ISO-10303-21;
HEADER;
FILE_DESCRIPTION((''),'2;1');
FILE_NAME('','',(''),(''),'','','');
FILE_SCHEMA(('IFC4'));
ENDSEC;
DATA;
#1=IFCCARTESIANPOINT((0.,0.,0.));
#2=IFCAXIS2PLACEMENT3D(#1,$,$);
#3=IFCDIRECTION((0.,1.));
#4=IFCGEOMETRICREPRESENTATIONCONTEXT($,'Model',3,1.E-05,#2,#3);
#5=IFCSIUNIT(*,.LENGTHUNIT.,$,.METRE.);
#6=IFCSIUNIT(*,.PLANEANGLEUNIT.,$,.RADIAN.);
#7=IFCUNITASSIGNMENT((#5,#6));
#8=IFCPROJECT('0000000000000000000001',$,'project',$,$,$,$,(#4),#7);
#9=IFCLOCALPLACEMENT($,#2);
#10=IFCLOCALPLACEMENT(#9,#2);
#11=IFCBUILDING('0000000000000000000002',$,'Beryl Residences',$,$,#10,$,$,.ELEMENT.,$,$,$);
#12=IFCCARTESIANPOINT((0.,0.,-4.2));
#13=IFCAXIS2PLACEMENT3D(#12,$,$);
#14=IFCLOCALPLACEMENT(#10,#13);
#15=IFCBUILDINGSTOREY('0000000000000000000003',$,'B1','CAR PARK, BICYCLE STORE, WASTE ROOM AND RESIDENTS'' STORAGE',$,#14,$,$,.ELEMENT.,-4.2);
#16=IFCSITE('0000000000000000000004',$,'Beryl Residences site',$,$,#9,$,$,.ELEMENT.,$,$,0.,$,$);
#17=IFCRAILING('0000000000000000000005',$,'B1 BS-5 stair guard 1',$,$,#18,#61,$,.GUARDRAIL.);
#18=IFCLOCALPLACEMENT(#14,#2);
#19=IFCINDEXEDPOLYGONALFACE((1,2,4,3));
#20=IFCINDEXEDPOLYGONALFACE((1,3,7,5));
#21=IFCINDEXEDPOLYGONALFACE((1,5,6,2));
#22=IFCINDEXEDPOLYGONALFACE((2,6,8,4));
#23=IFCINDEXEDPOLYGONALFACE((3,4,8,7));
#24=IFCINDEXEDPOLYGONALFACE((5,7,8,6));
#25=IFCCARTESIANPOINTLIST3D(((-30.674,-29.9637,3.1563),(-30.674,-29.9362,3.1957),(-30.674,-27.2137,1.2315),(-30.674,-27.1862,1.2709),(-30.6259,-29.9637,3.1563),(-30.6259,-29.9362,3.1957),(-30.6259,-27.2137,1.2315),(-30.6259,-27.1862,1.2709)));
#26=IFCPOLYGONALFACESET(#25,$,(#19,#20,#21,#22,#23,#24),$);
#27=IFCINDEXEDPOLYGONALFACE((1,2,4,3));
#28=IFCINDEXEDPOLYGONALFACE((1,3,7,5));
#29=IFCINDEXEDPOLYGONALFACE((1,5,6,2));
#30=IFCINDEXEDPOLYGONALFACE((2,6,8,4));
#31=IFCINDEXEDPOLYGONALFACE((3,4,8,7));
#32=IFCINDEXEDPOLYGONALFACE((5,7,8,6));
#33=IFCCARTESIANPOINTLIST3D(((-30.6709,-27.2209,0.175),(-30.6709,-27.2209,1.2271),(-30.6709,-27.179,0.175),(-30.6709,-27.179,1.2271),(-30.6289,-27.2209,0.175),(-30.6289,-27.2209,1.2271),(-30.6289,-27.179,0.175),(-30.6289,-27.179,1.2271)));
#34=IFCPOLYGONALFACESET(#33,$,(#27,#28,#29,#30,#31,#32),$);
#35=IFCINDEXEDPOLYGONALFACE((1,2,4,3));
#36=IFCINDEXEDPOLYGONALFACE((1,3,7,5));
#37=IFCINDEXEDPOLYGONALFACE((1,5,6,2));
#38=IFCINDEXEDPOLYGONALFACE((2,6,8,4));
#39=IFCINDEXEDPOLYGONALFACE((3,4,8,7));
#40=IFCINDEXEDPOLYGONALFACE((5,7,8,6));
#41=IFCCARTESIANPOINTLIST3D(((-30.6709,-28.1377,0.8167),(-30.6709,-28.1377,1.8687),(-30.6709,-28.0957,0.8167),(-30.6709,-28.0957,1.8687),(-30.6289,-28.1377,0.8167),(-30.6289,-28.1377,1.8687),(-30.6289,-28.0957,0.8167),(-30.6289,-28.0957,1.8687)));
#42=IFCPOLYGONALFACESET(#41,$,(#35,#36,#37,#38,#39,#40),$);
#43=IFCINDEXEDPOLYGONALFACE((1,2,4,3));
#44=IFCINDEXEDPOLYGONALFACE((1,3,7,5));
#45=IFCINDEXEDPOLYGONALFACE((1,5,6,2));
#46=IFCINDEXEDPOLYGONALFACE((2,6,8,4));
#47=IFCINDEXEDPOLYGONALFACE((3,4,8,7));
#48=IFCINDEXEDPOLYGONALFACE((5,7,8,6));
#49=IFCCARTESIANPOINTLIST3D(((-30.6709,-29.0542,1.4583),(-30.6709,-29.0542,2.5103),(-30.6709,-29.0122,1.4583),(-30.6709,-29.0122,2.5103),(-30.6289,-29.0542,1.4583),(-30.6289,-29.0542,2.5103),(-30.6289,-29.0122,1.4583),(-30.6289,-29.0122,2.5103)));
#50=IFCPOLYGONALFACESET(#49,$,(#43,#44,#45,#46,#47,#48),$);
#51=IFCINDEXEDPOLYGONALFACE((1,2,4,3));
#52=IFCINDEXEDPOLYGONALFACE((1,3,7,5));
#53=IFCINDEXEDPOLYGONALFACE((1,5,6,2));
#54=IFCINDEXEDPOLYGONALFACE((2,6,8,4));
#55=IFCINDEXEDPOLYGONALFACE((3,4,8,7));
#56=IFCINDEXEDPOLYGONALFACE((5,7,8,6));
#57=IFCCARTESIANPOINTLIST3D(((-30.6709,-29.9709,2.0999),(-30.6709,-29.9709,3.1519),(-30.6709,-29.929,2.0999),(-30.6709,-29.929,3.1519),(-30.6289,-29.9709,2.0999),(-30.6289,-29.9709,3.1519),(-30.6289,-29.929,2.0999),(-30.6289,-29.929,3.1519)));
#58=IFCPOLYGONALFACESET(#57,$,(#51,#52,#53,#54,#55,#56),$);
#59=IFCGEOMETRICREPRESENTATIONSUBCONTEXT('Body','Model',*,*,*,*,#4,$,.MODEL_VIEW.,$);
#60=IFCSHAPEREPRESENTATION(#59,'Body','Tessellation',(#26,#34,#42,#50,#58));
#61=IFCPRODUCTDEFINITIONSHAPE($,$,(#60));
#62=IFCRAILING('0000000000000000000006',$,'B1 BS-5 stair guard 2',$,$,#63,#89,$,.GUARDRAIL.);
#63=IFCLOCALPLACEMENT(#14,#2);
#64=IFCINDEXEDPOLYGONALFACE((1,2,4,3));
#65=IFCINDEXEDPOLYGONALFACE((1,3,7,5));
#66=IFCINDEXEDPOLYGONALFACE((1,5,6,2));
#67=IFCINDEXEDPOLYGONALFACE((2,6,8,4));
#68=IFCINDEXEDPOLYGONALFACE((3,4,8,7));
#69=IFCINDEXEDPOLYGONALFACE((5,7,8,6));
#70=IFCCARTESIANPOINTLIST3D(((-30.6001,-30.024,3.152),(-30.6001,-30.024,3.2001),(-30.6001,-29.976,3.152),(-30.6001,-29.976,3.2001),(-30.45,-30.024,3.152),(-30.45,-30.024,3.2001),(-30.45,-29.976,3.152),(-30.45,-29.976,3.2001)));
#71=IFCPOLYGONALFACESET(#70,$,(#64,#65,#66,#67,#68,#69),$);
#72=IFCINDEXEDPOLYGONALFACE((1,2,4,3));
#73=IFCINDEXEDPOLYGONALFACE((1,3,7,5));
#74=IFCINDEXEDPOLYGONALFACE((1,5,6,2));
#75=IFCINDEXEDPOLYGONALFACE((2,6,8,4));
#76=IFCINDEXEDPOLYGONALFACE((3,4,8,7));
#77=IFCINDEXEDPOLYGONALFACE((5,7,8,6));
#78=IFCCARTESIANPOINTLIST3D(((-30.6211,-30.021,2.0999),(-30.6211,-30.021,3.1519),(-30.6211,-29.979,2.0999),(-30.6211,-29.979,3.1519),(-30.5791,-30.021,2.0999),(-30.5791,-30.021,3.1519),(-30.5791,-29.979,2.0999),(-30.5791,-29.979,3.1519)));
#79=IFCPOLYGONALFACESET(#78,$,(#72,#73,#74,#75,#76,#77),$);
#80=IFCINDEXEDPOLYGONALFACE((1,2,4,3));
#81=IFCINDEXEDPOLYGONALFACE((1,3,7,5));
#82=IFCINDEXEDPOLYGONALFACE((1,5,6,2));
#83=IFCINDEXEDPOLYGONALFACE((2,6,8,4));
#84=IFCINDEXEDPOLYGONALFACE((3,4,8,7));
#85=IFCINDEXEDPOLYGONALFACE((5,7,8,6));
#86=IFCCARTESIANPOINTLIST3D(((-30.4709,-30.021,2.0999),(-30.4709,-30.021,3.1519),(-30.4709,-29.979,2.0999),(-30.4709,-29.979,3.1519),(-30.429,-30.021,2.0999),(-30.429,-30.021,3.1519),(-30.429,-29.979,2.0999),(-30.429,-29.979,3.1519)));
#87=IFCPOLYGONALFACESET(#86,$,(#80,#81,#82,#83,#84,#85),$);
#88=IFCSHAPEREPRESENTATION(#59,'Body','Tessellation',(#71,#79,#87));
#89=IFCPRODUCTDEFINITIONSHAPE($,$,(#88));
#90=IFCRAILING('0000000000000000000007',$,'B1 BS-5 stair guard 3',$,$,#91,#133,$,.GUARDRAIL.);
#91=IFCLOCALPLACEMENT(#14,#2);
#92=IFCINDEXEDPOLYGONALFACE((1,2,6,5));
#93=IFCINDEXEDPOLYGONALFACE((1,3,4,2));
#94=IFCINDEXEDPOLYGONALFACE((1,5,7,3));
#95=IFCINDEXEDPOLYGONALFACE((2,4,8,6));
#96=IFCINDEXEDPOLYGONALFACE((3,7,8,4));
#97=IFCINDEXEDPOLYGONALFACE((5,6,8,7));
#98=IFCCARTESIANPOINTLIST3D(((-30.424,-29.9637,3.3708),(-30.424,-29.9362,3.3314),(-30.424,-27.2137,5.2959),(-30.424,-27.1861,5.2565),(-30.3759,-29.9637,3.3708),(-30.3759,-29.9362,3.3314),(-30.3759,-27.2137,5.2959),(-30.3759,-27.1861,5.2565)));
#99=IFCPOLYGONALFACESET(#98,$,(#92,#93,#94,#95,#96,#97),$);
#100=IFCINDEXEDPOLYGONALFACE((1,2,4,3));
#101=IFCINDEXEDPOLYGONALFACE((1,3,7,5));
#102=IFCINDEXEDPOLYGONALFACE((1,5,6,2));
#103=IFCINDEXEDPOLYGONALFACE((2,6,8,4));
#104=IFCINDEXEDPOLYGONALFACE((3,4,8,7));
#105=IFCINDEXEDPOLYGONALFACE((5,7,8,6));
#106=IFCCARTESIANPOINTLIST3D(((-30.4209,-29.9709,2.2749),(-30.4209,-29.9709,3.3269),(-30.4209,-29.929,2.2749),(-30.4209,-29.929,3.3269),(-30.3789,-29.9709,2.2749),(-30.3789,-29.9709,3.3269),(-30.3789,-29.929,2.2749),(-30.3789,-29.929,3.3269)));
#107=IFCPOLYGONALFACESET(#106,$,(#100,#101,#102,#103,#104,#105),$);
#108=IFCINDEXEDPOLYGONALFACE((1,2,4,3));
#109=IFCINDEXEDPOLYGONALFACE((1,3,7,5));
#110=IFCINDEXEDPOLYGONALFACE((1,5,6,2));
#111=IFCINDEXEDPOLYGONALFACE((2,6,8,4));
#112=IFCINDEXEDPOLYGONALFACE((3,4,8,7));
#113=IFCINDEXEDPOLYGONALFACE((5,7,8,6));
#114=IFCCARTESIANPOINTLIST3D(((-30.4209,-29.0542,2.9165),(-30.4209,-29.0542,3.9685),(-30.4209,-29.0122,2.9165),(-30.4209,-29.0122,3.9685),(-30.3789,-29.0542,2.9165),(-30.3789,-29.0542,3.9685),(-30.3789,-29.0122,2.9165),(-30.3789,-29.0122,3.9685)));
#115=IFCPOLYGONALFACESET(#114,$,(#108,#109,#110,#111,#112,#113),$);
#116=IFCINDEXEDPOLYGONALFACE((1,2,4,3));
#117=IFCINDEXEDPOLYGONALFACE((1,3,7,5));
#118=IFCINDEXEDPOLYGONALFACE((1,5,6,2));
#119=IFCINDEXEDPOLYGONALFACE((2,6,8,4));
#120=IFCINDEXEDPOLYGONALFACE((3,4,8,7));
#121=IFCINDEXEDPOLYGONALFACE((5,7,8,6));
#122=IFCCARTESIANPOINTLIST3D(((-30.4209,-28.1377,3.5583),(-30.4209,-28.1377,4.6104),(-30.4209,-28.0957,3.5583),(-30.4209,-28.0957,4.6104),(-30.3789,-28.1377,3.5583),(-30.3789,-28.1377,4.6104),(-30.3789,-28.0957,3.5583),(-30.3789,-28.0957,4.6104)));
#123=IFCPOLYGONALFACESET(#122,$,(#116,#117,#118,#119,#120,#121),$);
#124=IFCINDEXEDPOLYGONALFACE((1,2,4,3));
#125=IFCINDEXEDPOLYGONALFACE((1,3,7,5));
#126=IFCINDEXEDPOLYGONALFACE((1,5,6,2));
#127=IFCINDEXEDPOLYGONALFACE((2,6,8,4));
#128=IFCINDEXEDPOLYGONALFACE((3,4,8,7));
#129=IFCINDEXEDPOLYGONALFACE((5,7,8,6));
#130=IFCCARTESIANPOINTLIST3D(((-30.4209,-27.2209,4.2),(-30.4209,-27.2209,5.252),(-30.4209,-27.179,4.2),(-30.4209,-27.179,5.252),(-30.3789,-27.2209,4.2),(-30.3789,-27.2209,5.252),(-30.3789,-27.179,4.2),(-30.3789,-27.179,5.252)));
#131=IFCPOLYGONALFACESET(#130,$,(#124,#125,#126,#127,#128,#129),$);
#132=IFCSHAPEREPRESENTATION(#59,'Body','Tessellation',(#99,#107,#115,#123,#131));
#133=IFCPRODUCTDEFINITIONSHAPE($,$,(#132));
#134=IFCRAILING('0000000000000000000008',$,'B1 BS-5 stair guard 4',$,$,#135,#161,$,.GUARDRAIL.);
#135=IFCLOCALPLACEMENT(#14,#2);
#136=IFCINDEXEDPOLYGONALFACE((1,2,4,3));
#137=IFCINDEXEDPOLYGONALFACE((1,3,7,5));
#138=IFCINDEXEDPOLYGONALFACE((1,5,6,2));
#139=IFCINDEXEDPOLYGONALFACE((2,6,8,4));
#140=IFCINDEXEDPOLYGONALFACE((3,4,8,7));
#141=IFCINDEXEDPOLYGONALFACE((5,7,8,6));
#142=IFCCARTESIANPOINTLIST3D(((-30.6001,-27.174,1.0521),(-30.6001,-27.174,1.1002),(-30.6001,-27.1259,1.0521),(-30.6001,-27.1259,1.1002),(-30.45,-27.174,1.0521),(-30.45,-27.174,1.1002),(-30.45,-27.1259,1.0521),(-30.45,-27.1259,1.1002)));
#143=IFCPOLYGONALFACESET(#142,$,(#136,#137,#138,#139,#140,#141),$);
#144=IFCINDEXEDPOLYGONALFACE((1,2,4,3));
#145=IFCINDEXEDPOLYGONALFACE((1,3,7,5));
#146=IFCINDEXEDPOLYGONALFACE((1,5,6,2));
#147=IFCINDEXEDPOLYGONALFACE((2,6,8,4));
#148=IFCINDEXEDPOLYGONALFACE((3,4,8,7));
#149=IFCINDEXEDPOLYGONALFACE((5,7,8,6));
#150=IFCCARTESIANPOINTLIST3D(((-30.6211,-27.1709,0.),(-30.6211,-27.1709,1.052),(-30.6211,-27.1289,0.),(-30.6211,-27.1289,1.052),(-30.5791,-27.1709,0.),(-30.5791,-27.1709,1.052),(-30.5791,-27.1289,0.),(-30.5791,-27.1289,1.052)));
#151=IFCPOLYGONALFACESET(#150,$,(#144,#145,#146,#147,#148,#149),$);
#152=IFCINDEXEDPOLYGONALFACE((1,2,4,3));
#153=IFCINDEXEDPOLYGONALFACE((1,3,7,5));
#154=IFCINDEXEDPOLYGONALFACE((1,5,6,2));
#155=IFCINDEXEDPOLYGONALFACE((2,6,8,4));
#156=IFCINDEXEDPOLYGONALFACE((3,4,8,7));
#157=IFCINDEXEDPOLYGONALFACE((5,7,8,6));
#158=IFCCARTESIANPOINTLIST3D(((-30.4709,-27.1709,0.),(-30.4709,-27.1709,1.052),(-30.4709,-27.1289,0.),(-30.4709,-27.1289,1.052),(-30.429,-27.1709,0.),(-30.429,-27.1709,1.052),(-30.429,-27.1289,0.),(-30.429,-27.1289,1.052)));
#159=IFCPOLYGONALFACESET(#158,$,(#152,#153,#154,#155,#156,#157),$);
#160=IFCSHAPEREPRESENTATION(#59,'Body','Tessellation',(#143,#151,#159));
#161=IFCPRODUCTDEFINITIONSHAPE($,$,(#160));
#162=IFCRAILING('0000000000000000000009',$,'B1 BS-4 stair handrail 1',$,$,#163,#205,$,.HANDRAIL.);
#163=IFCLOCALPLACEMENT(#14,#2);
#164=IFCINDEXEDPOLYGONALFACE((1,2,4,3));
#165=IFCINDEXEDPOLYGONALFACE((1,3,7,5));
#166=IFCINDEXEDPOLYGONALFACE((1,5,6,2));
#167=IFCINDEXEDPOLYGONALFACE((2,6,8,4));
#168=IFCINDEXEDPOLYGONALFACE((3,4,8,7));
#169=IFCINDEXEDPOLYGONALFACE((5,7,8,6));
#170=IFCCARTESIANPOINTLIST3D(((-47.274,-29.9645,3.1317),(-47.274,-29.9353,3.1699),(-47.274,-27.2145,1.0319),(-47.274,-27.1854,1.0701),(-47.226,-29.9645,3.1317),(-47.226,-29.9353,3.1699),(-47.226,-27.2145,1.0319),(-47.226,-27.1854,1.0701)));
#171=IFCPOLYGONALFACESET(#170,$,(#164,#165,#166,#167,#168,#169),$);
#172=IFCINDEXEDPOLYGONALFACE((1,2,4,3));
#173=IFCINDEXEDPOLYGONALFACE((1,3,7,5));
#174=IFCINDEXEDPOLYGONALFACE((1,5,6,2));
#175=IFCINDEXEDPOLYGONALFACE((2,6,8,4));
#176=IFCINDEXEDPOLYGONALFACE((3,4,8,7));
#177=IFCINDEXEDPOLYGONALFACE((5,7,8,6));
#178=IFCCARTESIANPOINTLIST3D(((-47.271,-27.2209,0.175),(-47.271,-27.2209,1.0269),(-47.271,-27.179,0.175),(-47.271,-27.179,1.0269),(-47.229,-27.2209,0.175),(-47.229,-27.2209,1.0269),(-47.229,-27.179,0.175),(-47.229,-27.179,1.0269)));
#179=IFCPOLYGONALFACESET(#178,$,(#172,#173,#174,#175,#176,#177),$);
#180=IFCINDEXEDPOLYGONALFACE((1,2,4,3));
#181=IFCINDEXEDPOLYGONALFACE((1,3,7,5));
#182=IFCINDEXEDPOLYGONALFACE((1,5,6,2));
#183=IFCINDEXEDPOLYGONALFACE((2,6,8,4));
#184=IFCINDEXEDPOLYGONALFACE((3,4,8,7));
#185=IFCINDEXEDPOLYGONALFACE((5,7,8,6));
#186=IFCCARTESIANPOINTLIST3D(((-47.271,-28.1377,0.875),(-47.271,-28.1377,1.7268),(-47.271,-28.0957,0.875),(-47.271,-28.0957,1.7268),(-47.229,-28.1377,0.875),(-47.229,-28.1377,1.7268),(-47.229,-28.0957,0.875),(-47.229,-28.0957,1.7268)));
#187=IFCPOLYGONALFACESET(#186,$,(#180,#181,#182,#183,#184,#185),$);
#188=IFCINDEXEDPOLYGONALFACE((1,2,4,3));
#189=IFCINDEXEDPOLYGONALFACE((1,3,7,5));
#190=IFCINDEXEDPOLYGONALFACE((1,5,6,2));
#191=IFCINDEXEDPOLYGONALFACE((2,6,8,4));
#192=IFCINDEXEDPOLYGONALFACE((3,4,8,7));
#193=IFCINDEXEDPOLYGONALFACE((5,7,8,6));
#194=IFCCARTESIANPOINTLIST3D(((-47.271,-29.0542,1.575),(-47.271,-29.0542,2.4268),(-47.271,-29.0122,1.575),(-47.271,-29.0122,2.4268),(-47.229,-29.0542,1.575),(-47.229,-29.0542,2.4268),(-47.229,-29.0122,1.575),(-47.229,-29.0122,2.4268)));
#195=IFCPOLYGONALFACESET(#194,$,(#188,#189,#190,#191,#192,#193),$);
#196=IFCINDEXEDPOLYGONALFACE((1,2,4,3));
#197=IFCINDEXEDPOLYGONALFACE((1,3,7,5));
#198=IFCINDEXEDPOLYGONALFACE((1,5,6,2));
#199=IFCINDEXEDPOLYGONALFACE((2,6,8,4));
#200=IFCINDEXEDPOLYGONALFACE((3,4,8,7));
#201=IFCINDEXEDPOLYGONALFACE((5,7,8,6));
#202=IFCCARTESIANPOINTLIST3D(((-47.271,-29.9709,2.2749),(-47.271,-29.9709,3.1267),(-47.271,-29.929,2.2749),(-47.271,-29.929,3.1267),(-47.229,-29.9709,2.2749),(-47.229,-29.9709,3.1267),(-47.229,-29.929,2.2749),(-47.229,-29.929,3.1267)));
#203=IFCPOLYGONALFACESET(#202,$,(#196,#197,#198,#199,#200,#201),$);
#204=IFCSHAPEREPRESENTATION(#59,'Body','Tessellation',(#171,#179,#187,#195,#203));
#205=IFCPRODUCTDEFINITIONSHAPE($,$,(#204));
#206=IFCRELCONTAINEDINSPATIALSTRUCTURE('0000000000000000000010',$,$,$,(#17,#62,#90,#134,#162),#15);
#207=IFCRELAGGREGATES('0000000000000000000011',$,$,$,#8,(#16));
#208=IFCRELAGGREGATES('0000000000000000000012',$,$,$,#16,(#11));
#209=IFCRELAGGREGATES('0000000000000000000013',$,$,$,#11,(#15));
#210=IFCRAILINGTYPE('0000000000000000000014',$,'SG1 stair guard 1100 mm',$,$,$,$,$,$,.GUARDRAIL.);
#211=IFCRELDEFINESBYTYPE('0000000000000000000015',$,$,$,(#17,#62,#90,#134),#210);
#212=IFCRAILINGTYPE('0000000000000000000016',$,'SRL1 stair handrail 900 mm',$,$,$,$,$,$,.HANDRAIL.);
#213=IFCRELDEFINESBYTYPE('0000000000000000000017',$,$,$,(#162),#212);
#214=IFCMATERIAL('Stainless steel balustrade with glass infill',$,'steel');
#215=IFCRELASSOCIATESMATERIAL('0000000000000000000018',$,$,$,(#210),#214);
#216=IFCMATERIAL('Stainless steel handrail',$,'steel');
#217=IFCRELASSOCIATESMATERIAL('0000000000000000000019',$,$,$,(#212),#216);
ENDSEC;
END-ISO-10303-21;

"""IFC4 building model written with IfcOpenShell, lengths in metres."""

from ifc_helpers import new_model, si_unit, direction, frame, origin, origin_2d, place, context, subcontext, project, spatial, rectangle, extrude, material, type_object, element, save


model = new_model("IFC4")

# Units and contexts
model_context = context("Model", 3, precision=1e-05, world=origin(), true_north=direction((0.0, 1.0)))
body_context = subcontext(model_context, "Body", "Model", "MODEL_VIEW")
ifc_project = project(units=[si_unit("LENGTHUNIT", "METRE"), si_unit("PLANEANGLEUNIT", "RADIAN")], contexts=[model_context])

# Site, building, storey
site_placement = place(None, origin())
site = spatial("IfcSite", under=ifc_project, at=site_placement, Name="Beryl Residences site", CompositionType="ELEMENT", RefElevation=0.0)
building_placement = place(site_placement, origin())
building = spatial("IfcBuilding", under=site, at=building_placement, Name="Beryl Residences", CompositionType="ELEMENT")
storey_placement = place(building_placement, frame((0.0, 0.0, -4.2)))
storey = spatial("IfcBuildingStorey", under=building, at=storey_placement, Name="B1", Description="CAR PARK, BICYCLE STORE, WASTE ROOM AND RESIDENTS' STORAGE", CompositionType="ELEMENT", Elevation=-4.2)

# Railings
ifc_material_1 = material(Name="Stainless steel balustrade with glass infill", Category="steel")
railing_type_1 = type_object("IfcRailingType", Name="SG1 stair guard 1100 mm", PredefinedType="GUARDRAIL", material=ifc_material_1)
railing_1_placement = place(storey_placement, frame((-30.6499, -27.2, 0.175)))
element("IfcRailing", 1, at=railing_1_placement, inside=storey, type_object=railing_type_1, Name="B1 BS-5 stair guard 1", PredefinedType="GUARDRAIL", context=body_context, shape_type="SweptSolid", body=[
    extrude(rectangle(XDim=0.0481, YDim=0.0481, at=origin_2d()), frame((0.0, 0.0, 1.0762), z_axis=(0.0, -0.819259, 0.573423), x_axis=(1.0, 0.0, 0.0)), (0.0, 0.0, 1.0), 3.3567),
    extrude(rectangle(XDim=0.042, YDim=0.042, at=origin_2d()), origin(), (0.0, 0.0, 1.0), 1.052),
    extrude(rectangle(XDim=0.042, YDim=0.042, at=origin_2d()), frame((0.0, -0.9167, 0.6416)), (0.0, 0.0, 1.0), 1.052),
    extrude(rectangle(XDim=0.042, YDim=0.042, at=origin_2d()), frame((0.0, -1.8333, 1.2832)), (0.0, 0.0, 1.0), 1.052),
    extrude(rectangle(XDim=0.042, YDim=0.042, at=origin_2d()), frame((0.0, -2.75, 1.9248)), (0.0, 0.0, 1.0), 1.052),
])
railing_2_placement = place(storey_placement, frame((-30.6001, -30.0, 2.0999)))
element("IfcRailing", 2, at=railing_2_placement, inside=storey, type_object=railing_type_1, Name="B1 BS-5 stair guard 2", PredefinedType="GUARDRAIL", context=body_context, shape_type="SweptSolid", body=[
    extrude(rectangle(XDim=0.0481, YDim=0.0481, at=origin_2d()), frame((0.0, 0.0, 1.0762), z_axis=(1.0, 0.0, 0.0), x_axis=(0.0, 1.0, 0.0)), (0.0, 0.0, 1.0), 0.1501),
    extrude(rectangle(XDim=0.042, YDim=0.042, at=origin_2d()), origin(), (0.0, 0.0, 1.0), 1.052),
    extrude(rectangle(XDim=0.042, YDim=0.042, at=origin_2d()), frame((0.1501, 0.0, 0.0)), (0.0, 0.0, 1.0), 1.052),
])
railing_3_placement = place(storey_placement, frame((-30.3999, -29.95, 2.2749)))
element("IfcRailing", 3, at=railing_3_placement, inside=storey, type_object=railing_type_1, Name="B1 BS-5 stair guard 3", PredefinedType="GUARDRAIL", context=body_context, shape_type="SweptSolid", body=[
    extrude(rectangle(XDim=0.0481, YDim=0.0481, at=origin_2d()), frame((0.0, 0.0, 1.0762), z_axis=(0.0, 0.819225, 0.573472), x_axis=(-1.0, 0.0, 0.0)), (0.0, 0.0, 1.0), 3.3569),
    extrude(rectangle(XDim=0.042, YDim=0.042, at=origin_2d()), origin(), (0.0, 0.0, 1.0), 1.052),
    extrude(rectangle(XDim=0.042, YDim=0.042, at=origin_2d()), frame((0.0, 0.9167, 0.6416)), (0.0, 0.0, 1.0), 1.052),
    extrude(rectangle(XDim=0.042, YDim=0.042, at=origin_2d()), frame((0.0, 1.8333, 1.2834)), (0.0, 0.0, 1.0), 1.052),
    extrude(rectangle(XDim=0.042, YDim=0.042, at=origin_2d()), frame((0.0, 2.75, 1.925)), (0.0, 0.0, 1.0), 1.052),
])
railing_4_placement = place(storey_placement, frame((-30.6001, -27.1499, 0.0)))
element("IfcRailing", 4, at=railing_4_placement, inside=storey, type_object=railing_type_1, Name="B1 BS-5 stair guard 4", PredefinedType="GUARDRAIL", context=body_context, shape_type="SweptSolid", body=[
    extrude(rectangle(XDim=0.0481, YDim=0.0481, at=origin_2d()), frame((0.0, 0.0, 1.0762), z_axis=(1.0, 0.0, 0.0), x_axis=(0.0, 1.0, 0.0)), (0.0, 0.0, 1.0), 0.1501),
    extrude(rectangle(XDim=0.042, YDim=0.042, at=origin_2d()), origin(), (0.0, 0.0, 1.0), 1.052),
    extrude(rectangle(XDim=0.042, YDim=0.042, at=origin_2d()), frame((0.1501, 0.0, 0.0)), (0.0, 0.0, 1.0), 1.052),
])
ifc_material_2 = material(Name="Stainless steel handrail", Category="steel")
railing_type_2 = type_object("IfcRailingType", Name="SRL1 stair handrail 900 mm", PredefinedType="HANDRAIL", material=ifc_material_2)
railing_5_placement = place(storey_placement, frame((-47.25, -27.2, 0.175)))
element("IfcRailing", 5, at=railing_5_placement, inside=storey, type_object=railing_type_2, Name="B1 BS-4 stair handrail 1", PredefinedType="HANDRAIL", context=body_context, shape_type="SweptSolid", body=[
    extrude(rectangle(XDim=0.0481, YDim=0.0481, at=origin_2d()), frame((0.0, 0.0, 0.876), z_axis=(0.0, -0.794788, 0.606887), x_axis=(1.0, 0.0, 0.0)), (0.0, 0.0, 1.0), 3.46),
    extrude(rectangle(XDim=0.042, YDim=0.042, at=origin_2d()), origin(), (0.0, 0.0, 1.0), 0.8518),
    extrude(rectangle(XDim=0.042, YDim=0.042, at=origin_2d()), frame((0.0, -0.9167, 0.7)), (0.0, 0.0, 1.0), 0.8518),
    extrude(rectangle(XDim=0.042, YDim=0.042, at=origin_2d()), frame((0.0, -1.8333, 1.3999)), (0.0, 0.0, 1.0), 0.8518),
    extrude(rectangle(XDim=0.042, YDim=0.042, at=origin_2d()), frame((0.0, -2.75, 2.0999)), (0.0, 0.0, 1.0), 0.8518),
])

save(model, "model.ifc")
